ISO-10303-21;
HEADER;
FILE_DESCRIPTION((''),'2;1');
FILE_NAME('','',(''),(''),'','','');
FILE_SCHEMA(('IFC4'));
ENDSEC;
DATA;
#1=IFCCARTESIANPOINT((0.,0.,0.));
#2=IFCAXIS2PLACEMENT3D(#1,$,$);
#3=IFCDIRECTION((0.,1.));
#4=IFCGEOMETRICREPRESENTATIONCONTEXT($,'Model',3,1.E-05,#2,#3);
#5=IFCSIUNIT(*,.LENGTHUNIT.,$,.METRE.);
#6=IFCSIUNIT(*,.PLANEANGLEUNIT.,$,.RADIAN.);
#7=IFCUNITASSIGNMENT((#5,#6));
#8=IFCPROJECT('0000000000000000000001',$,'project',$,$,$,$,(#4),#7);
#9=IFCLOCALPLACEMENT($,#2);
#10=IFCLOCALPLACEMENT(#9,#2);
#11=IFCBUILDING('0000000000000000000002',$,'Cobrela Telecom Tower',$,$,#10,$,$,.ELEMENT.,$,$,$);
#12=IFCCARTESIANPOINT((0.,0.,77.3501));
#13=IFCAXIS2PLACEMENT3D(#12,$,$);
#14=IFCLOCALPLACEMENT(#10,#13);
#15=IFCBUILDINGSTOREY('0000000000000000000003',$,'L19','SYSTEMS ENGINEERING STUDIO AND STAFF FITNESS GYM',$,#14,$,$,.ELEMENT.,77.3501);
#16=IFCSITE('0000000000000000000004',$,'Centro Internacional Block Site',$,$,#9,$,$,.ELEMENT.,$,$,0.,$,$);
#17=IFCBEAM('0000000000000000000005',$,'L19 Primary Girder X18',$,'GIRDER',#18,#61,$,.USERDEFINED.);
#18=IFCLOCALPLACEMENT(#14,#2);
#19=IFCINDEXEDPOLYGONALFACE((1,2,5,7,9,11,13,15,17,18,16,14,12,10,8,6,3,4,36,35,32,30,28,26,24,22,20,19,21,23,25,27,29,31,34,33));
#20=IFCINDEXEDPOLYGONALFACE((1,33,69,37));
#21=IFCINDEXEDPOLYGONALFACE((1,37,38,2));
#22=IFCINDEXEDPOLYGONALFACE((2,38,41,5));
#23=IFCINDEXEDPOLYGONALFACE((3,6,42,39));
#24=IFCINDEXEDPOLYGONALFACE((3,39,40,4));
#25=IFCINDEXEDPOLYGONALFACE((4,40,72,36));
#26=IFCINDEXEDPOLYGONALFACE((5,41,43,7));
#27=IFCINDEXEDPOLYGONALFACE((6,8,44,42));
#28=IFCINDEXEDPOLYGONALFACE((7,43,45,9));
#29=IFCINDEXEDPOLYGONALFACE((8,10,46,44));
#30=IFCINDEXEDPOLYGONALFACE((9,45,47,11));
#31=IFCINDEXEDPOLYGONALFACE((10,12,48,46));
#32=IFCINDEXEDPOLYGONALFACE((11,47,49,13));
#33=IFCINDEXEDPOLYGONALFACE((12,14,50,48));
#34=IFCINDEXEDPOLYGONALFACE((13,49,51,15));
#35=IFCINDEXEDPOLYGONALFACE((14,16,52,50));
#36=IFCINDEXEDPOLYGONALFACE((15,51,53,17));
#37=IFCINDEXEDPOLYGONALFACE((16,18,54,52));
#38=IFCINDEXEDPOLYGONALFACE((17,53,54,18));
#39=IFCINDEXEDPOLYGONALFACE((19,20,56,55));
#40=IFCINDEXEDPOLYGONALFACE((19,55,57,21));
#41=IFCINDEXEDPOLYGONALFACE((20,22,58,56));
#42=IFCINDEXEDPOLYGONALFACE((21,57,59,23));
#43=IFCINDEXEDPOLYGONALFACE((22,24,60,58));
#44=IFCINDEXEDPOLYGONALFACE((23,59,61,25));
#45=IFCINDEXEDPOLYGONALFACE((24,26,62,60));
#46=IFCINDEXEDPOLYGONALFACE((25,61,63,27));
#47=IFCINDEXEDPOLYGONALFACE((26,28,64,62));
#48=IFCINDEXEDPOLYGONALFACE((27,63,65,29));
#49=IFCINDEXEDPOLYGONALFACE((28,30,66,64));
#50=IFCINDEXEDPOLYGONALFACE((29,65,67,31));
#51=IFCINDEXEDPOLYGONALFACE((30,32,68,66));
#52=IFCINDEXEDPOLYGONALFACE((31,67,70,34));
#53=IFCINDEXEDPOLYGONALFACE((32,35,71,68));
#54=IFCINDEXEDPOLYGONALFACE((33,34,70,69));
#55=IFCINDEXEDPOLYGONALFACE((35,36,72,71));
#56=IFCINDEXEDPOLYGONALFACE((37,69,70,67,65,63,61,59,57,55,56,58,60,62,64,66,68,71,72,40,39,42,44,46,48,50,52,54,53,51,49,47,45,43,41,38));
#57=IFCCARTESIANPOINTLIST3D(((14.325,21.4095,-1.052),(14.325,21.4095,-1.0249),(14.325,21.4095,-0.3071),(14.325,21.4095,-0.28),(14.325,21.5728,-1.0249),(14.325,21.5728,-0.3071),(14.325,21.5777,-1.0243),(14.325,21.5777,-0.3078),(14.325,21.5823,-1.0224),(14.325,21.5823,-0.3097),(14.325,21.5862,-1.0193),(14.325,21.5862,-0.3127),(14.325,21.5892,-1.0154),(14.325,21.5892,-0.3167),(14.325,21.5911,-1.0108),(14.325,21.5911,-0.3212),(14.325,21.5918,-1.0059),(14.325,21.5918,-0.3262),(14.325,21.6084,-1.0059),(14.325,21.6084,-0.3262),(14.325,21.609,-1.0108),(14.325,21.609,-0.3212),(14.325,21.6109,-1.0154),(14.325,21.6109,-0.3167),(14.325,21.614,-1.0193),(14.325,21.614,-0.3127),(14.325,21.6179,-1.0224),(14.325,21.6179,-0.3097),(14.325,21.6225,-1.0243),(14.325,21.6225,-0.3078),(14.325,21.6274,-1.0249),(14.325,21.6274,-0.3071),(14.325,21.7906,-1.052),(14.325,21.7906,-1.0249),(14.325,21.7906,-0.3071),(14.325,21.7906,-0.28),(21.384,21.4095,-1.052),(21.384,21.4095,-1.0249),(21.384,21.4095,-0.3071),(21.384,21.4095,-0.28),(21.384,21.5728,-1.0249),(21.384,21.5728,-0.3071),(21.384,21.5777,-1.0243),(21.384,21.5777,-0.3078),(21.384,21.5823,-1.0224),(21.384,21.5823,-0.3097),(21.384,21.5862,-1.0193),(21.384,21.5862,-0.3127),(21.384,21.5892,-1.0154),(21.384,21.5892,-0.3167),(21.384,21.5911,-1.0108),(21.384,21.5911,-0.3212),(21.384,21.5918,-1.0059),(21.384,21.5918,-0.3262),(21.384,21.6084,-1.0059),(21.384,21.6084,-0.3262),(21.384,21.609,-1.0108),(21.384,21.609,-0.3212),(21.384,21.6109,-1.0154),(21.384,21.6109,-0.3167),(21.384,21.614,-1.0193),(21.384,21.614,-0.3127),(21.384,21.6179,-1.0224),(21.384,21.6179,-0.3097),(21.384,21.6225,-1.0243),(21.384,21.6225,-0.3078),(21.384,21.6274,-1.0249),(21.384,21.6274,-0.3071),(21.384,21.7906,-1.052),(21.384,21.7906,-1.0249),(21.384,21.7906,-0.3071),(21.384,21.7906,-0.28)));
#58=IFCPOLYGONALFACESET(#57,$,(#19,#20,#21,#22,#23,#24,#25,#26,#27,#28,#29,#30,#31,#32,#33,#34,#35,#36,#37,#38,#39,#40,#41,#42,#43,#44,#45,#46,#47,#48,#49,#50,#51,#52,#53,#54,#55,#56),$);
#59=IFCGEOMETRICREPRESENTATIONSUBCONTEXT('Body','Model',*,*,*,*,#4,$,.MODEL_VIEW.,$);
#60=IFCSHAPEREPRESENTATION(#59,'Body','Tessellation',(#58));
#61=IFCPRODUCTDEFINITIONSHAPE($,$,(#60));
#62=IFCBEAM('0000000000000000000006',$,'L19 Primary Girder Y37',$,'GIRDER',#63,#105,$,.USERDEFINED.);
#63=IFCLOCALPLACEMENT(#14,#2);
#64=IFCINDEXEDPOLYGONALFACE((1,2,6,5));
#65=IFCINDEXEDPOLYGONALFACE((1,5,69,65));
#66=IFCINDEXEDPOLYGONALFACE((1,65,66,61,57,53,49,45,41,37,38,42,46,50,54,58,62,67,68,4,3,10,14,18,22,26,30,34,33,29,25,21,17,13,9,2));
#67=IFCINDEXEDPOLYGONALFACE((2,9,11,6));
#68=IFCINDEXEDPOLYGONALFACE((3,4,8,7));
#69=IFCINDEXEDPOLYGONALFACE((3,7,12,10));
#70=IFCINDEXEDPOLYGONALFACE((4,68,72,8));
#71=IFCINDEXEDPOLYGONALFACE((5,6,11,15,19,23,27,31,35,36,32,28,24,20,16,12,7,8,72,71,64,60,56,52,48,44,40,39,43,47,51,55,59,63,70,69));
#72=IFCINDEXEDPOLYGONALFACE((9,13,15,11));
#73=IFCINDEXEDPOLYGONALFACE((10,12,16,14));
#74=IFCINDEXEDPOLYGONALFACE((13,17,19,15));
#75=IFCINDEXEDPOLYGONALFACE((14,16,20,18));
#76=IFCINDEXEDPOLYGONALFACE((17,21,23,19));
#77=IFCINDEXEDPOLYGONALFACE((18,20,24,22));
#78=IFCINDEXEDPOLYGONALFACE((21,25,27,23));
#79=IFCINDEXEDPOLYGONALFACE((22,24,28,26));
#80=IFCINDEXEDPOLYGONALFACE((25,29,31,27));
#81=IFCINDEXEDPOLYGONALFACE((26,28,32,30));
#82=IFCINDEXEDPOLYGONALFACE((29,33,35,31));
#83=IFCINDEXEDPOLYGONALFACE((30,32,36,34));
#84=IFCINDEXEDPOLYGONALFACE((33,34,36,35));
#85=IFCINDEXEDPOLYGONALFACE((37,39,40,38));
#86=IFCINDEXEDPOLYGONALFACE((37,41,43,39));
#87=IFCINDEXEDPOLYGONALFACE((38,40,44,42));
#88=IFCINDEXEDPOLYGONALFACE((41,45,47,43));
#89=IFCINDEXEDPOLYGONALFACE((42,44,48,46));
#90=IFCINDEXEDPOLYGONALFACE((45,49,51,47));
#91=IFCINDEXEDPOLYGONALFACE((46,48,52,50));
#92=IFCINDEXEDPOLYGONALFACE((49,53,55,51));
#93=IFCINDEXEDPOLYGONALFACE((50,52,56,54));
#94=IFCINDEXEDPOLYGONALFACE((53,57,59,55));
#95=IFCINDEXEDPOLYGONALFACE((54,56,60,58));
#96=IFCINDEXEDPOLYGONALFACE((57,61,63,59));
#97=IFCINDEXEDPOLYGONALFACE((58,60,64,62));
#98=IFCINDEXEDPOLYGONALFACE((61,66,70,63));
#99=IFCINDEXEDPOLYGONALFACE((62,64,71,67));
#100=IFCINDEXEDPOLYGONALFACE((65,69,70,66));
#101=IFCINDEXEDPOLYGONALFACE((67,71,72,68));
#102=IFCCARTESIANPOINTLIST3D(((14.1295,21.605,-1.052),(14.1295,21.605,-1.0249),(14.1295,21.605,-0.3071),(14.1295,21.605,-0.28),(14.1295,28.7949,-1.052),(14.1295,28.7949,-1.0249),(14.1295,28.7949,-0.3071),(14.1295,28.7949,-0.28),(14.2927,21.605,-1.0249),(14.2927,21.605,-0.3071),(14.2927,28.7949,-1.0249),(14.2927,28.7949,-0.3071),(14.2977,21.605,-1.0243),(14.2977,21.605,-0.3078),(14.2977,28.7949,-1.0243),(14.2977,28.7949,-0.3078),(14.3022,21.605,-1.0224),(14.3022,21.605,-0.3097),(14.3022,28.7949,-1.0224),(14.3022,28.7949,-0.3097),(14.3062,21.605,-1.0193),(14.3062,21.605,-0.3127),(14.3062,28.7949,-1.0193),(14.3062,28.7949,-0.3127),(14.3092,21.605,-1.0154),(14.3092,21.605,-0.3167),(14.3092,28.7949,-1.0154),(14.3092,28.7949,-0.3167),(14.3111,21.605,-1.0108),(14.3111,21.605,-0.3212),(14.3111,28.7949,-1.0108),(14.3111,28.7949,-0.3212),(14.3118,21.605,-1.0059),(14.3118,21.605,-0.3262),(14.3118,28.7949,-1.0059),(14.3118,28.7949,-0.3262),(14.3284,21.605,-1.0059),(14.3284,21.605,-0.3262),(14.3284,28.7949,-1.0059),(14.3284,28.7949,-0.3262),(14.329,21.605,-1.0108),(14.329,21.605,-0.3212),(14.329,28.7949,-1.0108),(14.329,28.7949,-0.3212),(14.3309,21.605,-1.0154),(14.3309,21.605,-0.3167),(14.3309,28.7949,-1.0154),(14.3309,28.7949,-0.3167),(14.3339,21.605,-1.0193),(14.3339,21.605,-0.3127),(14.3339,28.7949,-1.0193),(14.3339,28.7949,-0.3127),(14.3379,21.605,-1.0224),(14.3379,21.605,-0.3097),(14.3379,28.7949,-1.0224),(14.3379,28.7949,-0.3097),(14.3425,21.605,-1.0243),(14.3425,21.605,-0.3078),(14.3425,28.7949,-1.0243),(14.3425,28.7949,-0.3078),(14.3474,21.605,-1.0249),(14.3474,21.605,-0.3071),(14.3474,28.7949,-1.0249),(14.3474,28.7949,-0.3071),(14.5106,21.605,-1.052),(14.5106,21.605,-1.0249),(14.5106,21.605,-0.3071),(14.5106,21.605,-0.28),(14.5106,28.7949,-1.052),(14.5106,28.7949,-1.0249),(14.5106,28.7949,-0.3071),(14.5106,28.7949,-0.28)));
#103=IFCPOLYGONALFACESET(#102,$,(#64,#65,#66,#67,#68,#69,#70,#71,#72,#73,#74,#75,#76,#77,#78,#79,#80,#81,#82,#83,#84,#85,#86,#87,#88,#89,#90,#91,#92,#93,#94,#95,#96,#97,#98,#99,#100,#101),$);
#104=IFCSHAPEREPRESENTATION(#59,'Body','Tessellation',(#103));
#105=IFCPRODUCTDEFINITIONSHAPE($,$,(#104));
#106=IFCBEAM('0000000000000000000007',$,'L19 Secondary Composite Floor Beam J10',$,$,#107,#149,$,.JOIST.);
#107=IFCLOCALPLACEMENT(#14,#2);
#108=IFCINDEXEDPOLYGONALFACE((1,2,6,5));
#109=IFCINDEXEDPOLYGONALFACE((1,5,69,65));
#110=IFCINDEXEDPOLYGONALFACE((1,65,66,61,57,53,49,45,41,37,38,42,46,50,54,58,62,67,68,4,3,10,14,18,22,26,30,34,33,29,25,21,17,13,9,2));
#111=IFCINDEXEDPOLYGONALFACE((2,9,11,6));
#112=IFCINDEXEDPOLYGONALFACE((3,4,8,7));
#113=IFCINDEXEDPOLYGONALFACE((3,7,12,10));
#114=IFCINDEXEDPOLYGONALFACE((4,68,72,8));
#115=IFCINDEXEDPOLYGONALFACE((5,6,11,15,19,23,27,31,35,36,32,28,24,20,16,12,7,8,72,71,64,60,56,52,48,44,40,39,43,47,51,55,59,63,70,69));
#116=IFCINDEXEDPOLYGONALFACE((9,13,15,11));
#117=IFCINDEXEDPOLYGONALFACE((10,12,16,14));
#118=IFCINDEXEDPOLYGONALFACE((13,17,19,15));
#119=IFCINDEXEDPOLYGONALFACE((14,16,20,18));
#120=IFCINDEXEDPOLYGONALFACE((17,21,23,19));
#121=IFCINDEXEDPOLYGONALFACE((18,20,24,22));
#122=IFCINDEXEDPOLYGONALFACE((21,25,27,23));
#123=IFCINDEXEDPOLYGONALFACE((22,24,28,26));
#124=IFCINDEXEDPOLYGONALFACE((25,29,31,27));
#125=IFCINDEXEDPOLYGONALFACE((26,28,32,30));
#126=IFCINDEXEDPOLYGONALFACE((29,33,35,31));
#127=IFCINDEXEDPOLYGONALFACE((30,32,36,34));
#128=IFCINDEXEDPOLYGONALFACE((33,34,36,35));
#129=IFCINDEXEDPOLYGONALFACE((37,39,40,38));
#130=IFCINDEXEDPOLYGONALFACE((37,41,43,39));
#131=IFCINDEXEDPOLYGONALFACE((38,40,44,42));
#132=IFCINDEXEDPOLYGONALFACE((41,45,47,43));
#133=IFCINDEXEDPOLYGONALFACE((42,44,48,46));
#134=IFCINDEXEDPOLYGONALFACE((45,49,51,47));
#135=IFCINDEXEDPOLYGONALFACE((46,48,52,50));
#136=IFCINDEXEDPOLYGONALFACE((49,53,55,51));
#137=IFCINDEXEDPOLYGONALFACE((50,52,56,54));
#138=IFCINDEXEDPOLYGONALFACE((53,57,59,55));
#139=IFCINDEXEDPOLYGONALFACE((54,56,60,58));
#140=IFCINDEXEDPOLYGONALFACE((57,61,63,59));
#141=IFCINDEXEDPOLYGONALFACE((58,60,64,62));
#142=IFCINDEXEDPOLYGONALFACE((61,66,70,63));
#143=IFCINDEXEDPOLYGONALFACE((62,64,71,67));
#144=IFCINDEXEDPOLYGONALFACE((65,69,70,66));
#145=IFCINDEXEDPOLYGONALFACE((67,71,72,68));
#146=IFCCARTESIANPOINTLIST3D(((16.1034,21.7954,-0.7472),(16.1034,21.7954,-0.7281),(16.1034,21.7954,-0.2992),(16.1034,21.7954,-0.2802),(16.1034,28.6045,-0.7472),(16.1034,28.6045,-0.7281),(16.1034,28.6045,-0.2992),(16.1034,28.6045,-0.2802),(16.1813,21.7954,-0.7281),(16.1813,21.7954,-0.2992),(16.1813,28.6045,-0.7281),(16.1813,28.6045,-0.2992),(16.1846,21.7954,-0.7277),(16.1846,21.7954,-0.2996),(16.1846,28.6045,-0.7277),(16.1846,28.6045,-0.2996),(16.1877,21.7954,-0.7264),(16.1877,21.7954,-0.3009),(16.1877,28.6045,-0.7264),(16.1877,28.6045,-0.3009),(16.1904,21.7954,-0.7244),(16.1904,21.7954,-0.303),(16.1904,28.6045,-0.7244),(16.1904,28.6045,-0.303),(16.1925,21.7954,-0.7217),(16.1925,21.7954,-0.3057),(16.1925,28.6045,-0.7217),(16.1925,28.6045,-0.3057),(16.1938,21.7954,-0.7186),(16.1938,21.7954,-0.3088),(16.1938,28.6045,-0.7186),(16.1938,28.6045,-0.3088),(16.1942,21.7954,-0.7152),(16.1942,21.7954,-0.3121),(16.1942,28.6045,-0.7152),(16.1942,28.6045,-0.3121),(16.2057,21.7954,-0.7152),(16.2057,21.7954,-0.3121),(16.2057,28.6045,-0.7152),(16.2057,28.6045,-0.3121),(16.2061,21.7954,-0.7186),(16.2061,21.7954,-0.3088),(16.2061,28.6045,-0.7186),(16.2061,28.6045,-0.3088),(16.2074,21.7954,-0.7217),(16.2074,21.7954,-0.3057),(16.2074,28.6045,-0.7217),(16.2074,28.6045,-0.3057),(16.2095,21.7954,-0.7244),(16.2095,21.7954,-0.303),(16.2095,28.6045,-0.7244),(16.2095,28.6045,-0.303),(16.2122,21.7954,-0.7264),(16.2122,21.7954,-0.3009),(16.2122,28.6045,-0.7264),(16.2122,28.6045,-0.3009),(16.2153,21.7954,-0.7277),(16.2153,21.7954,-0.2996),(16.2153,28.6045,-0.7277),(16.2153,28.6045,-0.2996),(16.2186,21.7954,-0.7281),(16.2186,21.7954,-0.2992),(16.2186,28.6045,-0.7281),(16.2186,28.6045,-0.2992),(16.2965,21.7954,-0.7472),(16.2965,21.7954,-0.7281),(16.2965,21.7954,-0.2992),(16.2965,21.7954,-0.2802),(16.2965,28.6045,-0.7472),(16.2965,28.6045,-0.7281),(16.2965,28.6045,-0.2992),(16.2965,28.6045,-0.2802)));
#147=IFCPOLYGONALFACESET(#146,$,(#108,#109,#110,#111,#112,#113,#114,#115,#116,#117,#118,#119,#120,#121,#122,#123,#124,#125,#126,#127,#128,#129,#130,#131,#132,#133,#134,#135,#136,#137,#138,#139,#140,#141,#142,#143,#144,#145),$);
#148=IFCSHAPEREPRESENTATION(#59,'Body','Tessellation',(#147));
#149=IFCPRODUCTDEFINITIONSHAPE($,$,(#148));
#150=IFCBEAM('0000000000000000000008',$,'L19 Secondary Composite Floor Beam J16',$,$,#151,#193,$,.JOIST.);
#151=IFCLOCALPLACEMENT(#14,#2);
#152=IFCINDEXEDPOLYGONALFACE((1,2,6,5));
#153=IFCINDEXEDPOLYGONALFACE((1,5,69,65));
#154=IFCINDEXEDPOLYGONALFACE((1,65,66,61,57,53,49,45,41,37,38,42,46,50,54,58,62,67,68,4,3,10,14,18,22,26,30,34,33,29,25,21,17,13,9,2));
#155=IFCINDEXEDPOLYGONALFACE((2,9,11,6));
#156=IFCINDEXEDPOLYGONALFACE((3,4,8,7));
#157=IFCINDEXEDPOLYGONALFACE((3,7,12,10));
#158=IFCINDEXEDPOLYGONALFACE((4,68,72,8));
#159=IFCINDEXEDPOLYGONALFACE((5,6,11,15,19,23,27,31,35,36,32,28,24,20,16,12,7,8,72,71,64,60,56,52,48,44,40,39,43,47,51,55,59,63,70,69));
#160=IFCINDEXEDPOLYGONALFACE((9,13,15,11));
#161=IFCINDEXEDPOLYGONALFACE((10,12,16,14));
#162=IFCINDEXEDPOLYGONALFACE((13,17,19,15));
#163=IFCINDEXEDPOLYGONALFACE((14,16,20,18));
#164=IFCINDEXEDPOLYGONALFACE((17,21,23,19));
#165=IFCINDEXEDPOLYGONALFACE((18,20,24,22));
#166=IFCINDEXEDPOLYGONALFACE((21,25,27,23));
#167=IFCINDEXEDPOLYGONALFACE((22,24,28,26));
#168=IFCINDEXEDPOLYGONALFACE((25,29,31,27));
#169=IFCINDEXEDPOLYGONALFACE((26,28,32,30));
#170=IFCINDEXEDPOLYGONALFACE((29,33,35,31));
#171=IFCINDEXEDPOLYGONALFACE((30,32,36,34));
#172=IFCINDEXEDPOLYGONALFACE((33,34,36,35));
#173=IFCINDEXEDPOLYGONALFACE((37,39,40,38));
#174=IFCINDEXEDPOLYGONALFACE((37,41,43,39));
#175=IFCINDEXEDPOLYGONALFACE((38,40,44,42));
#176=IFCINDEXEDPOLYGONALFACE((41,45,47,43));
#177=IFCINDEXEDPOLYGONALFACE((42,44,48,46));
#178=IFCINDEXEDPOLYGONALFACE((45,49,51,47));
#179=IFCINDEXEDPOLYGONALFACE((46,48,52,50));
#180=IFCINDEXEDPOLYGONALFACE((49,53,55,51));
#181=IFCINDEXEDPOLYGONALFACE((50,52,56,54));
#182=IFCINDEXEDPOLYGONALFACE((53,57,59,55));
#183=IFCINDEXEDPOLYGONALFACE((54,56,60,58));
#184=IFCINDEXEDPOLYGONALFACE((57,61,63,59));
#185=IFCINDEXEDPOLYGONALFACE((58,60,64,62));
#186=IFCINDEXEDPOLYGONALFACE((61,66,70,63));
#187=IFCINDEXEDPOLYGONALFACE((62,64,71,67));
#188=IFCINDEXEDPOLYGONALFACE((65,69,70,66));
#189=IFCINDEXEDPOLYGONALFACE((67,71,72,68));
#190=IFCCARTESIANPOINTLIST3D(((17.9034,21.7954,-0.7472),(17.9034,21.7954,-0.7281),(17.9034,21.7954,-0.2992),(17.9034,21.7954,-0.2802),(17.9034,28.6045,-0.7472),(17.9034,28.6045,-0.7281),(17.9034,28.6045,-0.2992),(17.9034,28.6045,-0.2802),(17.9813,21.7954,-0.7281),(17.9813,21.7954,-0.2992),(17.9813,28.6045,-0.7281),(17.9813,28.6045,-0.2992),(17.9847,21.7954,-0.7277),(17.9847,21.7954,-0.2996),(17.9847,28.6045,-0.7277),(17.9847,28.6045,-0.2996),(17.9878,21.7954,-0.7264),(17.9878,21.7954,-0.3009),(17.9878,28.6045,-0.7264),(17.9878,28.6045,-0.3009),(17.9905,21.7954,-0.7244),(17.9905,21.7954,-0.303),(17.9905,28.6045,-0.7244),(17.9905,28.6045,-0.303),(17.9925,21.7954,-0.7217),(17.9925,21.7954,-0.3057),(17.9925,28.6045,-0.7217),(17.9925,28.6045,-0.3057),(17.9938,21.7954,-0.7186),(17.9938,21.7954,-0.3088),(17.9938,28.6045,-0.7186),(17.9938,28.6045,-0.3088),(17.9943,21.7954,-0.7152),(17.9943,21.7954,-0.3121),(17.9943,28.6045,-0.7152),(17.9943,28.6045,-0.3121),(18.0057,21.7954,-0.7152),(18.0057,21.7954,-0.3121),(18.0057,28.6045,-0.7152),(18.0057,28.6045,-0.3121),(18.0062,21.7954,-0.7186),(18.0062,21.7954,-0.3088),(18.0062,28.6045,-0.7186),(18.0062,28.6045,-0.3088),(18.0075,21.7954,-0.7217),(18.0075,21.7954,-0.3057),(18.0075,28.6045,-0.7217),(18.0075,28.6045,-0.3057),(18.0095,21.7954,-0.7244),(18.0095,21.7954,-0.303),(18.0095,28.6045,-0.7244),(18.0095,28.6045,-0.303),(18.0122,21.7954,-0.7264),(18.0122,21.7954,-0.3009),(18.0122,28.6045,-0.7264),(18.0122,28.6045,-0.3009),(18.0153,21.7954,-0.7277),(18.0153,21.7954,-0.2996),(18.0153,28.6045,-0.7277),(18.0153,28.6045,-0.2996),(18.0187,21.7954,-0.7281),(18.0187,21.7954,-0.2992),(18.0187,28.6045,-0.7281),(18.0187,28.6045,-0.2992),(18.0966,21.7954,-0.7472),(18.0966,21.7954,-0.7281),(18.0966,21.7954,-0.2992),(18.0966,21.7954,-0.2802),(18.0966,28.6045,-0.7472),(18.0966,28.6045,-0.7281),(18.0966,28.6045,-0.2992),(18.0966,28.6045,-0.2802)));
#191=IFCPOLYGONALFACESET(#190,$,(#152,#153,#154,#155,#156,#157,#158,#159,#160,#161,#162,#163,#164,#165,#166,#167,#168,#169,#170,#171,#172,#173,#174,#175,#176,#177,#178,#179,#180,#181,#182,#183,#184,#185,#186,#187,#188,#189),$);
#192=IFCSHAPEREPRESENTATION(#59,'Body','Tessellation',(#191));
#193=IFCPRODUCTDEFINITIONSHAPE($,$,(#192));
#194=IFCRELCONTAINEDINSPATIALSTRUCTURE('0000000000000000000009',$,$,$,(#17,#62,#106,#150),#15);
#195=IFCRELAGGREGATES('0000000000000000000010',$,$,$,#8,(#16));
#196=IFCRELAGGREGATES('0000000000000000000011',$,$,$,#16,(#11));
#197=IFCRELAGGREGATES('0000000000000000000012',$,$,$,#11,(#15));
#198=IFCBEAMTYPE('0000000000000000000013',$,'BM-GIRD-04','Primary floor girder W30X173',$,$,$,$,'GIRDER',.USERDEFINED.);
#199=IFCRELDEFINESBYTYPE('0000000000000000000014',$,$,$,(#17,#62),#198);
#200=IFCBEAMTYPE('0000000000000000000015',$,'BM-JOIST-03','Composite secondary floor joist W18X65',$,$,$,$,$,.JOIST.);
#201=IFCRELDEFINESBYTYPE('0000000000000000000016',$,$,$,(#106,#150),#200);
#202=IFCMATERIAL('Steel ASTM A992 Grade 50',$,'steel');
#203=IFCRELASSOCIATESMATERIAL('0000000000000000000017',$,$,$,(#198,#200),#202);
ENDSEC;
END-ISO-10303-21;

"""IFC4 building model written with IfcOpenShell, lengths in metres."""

from ifc_helpers import new_model, si_unit, direction, frame, origin, origin_2d, place, context, subcontext, project, spatial, i_section, extrude, material, material_profile, profile_set, type_object, element, save


model = new_model("IFC4")

# Units and contexts
model_context = context("Model", 3, precision=1e-05, world=origin(), true_north=direction((0.0, 1.0)))
body_context = subcontext(model_context, "Body", "Model", "MODEL_VIEW")
ifc_project = project(units=[si_unit("LENGTHUNIT", "METRE"), si_unit("PLANEANGLEUNIT", "RADIAN")], contexts=[model_context])

# Site, building, storey
site_placement = place(None, origin())
site = spatial("IfcSite", under=ifc_project, at=site_placement, Name="Centro Internacional Block Site", CompositionType="ELEMENT", RefElevation=0.0)
building_placement = place(site_placement, origin())
building = spatial("IfcBuilding", under=site, at=building_placement, Name="Cobrela Telecom Tower", CompositionType="ELEMENT")
storey_placement = place(building_placement, frame((0.0, 0.0, 77.3501)))
storey = spatial("IfcBuildingStorey", under=building, at=storey_placement, Name="L19", Description="SYSTEMS ENGINEERING STUDIO AND STAFF FITNESS GYM", CompositionType="ELEMENT", Elevation=77.3501)

# Beams
ifc_material_1 = material(Name="Steel ASTM A992 Grade 50", Category="steel")
ifc_material_profile_1 = material_profile(ifc_material_1, i_section(OverallWidth=0.3811, OverallDepth=0.772, WebThickness=0.0166, FlangeThickness=0.0271, FilletRadius=0.019, at=origin_2d()), Name="W30X173")
ifc_profile_set_1 = profile_set([ifc_material_profile_1], Name="Steel ASTM A992 Grade 50")
beam_type_1 = type_object("IfcBeamType", Name="BM-GIRD-04", Description="Primary floor girder W30X173", ElementType="GIRDER", PredefinedType="USERDEFINED", material=ifc_profile_set_1)
beam_1_placement = place(storey_placement, frame((14.325, 21.6001, -0.666), z_axis=(1.0, 0.0, 0.0), x_axis=(0.0, 1.0, 0.0)))
element("IfcBeam", 1, at=beam_1_placement, inside=storey, type_object=beam_type_1, Name="L19 Primary Girder X18", ObjectType="GIRDER", PredefinedType="USERDEFINED", context=body_context, shape_type="SweptSolid", body=[
    extrude(i_section(OverallWidth=0.3811, OverallDepth=0.772, WebThickness=0.0166, FlangeThickness=0.0271, FilletRadius=0.019, at=origin_2d()), origin(), (0.0, 0.0, 1.0), 7.0591),
])
beam_2_placement = place(storey_placement, frame((14.3201, 21.605, -0.666), z_axis=(0.0, 1.0, 0.0), x_axis=(-1.0, 0.0, 0.0)))
element("IfcBeam", 2, at=beam_2_placement, inside=storey, type_object=beam_type_1, Name="L19 Primary Girder Y37", ObjectType="GIRDER", PredefinedType="USERDEFINED", context=body_context, shape_type="SweptSolid", body=[
    extrude(i_section(OverallWidth=0.3811, OverallDepth=0.772, WebThickness=0.0166, FlangeThickness=0.0271, FilletRadius=0.019, at=origin_2d()), origin(), (0.0, 0.0, 1.0), 7.1899),
])
ifc_material_profile_2 = material_profile(ifc_material_1, i_section(OverallWidth=0.1931, OverallDepth=0.467, WebThickness=0.0115, FlangeThickness=0.019, FilletRadius=0.0129, at=origin_2d()), Name="W18X65")
ifc_profile_set_2 = profile_set([ifc_material_profile_2], Name="Steel ASTM A992 Grade 50")
beam_type_2 = type_object("IfcBeamType", Name="BM-JOIST-03", Description="Composite secondary floor joist W18X65", PredefinedType="JOIST", material=ifc_profile_set_2)
for number, where, z_axis, x_axis, name in (
    (3, (16.2, 21.7954, -0.5137), (0.0, 1.0, 0.0), (-1.0, 0.0, 0.0), "L19 Secondary Composite Floor Beam J10"),
    (4, (18.0, 21.7954, -0.5137), (0.0, 1.0, 0.0), (-1.0, 0.0, 0.0), "L19 Secondary Composite Floor Beam J16"),
):
    element("IfcBeam", number, at=place(storey_placement, frame(where, z_axis=z_axis, x_axis=x_axis)), inside=storey, type_object=beam_type_2, Name=name, PredefinedType="JOIST", context=body_context, shape_type="SweptSolid", body=[
        extrude(i_section(OverallWidth=0.1931, OverallDepth=0.467, WebThickness=0.0115, FlangeThickness=0.019, FilletRadius=0.0129, at=origin_2d()), origin(), (0.0, 0.0, 1.0), 6.8091),
    ])

save(model, "model.ifc")
